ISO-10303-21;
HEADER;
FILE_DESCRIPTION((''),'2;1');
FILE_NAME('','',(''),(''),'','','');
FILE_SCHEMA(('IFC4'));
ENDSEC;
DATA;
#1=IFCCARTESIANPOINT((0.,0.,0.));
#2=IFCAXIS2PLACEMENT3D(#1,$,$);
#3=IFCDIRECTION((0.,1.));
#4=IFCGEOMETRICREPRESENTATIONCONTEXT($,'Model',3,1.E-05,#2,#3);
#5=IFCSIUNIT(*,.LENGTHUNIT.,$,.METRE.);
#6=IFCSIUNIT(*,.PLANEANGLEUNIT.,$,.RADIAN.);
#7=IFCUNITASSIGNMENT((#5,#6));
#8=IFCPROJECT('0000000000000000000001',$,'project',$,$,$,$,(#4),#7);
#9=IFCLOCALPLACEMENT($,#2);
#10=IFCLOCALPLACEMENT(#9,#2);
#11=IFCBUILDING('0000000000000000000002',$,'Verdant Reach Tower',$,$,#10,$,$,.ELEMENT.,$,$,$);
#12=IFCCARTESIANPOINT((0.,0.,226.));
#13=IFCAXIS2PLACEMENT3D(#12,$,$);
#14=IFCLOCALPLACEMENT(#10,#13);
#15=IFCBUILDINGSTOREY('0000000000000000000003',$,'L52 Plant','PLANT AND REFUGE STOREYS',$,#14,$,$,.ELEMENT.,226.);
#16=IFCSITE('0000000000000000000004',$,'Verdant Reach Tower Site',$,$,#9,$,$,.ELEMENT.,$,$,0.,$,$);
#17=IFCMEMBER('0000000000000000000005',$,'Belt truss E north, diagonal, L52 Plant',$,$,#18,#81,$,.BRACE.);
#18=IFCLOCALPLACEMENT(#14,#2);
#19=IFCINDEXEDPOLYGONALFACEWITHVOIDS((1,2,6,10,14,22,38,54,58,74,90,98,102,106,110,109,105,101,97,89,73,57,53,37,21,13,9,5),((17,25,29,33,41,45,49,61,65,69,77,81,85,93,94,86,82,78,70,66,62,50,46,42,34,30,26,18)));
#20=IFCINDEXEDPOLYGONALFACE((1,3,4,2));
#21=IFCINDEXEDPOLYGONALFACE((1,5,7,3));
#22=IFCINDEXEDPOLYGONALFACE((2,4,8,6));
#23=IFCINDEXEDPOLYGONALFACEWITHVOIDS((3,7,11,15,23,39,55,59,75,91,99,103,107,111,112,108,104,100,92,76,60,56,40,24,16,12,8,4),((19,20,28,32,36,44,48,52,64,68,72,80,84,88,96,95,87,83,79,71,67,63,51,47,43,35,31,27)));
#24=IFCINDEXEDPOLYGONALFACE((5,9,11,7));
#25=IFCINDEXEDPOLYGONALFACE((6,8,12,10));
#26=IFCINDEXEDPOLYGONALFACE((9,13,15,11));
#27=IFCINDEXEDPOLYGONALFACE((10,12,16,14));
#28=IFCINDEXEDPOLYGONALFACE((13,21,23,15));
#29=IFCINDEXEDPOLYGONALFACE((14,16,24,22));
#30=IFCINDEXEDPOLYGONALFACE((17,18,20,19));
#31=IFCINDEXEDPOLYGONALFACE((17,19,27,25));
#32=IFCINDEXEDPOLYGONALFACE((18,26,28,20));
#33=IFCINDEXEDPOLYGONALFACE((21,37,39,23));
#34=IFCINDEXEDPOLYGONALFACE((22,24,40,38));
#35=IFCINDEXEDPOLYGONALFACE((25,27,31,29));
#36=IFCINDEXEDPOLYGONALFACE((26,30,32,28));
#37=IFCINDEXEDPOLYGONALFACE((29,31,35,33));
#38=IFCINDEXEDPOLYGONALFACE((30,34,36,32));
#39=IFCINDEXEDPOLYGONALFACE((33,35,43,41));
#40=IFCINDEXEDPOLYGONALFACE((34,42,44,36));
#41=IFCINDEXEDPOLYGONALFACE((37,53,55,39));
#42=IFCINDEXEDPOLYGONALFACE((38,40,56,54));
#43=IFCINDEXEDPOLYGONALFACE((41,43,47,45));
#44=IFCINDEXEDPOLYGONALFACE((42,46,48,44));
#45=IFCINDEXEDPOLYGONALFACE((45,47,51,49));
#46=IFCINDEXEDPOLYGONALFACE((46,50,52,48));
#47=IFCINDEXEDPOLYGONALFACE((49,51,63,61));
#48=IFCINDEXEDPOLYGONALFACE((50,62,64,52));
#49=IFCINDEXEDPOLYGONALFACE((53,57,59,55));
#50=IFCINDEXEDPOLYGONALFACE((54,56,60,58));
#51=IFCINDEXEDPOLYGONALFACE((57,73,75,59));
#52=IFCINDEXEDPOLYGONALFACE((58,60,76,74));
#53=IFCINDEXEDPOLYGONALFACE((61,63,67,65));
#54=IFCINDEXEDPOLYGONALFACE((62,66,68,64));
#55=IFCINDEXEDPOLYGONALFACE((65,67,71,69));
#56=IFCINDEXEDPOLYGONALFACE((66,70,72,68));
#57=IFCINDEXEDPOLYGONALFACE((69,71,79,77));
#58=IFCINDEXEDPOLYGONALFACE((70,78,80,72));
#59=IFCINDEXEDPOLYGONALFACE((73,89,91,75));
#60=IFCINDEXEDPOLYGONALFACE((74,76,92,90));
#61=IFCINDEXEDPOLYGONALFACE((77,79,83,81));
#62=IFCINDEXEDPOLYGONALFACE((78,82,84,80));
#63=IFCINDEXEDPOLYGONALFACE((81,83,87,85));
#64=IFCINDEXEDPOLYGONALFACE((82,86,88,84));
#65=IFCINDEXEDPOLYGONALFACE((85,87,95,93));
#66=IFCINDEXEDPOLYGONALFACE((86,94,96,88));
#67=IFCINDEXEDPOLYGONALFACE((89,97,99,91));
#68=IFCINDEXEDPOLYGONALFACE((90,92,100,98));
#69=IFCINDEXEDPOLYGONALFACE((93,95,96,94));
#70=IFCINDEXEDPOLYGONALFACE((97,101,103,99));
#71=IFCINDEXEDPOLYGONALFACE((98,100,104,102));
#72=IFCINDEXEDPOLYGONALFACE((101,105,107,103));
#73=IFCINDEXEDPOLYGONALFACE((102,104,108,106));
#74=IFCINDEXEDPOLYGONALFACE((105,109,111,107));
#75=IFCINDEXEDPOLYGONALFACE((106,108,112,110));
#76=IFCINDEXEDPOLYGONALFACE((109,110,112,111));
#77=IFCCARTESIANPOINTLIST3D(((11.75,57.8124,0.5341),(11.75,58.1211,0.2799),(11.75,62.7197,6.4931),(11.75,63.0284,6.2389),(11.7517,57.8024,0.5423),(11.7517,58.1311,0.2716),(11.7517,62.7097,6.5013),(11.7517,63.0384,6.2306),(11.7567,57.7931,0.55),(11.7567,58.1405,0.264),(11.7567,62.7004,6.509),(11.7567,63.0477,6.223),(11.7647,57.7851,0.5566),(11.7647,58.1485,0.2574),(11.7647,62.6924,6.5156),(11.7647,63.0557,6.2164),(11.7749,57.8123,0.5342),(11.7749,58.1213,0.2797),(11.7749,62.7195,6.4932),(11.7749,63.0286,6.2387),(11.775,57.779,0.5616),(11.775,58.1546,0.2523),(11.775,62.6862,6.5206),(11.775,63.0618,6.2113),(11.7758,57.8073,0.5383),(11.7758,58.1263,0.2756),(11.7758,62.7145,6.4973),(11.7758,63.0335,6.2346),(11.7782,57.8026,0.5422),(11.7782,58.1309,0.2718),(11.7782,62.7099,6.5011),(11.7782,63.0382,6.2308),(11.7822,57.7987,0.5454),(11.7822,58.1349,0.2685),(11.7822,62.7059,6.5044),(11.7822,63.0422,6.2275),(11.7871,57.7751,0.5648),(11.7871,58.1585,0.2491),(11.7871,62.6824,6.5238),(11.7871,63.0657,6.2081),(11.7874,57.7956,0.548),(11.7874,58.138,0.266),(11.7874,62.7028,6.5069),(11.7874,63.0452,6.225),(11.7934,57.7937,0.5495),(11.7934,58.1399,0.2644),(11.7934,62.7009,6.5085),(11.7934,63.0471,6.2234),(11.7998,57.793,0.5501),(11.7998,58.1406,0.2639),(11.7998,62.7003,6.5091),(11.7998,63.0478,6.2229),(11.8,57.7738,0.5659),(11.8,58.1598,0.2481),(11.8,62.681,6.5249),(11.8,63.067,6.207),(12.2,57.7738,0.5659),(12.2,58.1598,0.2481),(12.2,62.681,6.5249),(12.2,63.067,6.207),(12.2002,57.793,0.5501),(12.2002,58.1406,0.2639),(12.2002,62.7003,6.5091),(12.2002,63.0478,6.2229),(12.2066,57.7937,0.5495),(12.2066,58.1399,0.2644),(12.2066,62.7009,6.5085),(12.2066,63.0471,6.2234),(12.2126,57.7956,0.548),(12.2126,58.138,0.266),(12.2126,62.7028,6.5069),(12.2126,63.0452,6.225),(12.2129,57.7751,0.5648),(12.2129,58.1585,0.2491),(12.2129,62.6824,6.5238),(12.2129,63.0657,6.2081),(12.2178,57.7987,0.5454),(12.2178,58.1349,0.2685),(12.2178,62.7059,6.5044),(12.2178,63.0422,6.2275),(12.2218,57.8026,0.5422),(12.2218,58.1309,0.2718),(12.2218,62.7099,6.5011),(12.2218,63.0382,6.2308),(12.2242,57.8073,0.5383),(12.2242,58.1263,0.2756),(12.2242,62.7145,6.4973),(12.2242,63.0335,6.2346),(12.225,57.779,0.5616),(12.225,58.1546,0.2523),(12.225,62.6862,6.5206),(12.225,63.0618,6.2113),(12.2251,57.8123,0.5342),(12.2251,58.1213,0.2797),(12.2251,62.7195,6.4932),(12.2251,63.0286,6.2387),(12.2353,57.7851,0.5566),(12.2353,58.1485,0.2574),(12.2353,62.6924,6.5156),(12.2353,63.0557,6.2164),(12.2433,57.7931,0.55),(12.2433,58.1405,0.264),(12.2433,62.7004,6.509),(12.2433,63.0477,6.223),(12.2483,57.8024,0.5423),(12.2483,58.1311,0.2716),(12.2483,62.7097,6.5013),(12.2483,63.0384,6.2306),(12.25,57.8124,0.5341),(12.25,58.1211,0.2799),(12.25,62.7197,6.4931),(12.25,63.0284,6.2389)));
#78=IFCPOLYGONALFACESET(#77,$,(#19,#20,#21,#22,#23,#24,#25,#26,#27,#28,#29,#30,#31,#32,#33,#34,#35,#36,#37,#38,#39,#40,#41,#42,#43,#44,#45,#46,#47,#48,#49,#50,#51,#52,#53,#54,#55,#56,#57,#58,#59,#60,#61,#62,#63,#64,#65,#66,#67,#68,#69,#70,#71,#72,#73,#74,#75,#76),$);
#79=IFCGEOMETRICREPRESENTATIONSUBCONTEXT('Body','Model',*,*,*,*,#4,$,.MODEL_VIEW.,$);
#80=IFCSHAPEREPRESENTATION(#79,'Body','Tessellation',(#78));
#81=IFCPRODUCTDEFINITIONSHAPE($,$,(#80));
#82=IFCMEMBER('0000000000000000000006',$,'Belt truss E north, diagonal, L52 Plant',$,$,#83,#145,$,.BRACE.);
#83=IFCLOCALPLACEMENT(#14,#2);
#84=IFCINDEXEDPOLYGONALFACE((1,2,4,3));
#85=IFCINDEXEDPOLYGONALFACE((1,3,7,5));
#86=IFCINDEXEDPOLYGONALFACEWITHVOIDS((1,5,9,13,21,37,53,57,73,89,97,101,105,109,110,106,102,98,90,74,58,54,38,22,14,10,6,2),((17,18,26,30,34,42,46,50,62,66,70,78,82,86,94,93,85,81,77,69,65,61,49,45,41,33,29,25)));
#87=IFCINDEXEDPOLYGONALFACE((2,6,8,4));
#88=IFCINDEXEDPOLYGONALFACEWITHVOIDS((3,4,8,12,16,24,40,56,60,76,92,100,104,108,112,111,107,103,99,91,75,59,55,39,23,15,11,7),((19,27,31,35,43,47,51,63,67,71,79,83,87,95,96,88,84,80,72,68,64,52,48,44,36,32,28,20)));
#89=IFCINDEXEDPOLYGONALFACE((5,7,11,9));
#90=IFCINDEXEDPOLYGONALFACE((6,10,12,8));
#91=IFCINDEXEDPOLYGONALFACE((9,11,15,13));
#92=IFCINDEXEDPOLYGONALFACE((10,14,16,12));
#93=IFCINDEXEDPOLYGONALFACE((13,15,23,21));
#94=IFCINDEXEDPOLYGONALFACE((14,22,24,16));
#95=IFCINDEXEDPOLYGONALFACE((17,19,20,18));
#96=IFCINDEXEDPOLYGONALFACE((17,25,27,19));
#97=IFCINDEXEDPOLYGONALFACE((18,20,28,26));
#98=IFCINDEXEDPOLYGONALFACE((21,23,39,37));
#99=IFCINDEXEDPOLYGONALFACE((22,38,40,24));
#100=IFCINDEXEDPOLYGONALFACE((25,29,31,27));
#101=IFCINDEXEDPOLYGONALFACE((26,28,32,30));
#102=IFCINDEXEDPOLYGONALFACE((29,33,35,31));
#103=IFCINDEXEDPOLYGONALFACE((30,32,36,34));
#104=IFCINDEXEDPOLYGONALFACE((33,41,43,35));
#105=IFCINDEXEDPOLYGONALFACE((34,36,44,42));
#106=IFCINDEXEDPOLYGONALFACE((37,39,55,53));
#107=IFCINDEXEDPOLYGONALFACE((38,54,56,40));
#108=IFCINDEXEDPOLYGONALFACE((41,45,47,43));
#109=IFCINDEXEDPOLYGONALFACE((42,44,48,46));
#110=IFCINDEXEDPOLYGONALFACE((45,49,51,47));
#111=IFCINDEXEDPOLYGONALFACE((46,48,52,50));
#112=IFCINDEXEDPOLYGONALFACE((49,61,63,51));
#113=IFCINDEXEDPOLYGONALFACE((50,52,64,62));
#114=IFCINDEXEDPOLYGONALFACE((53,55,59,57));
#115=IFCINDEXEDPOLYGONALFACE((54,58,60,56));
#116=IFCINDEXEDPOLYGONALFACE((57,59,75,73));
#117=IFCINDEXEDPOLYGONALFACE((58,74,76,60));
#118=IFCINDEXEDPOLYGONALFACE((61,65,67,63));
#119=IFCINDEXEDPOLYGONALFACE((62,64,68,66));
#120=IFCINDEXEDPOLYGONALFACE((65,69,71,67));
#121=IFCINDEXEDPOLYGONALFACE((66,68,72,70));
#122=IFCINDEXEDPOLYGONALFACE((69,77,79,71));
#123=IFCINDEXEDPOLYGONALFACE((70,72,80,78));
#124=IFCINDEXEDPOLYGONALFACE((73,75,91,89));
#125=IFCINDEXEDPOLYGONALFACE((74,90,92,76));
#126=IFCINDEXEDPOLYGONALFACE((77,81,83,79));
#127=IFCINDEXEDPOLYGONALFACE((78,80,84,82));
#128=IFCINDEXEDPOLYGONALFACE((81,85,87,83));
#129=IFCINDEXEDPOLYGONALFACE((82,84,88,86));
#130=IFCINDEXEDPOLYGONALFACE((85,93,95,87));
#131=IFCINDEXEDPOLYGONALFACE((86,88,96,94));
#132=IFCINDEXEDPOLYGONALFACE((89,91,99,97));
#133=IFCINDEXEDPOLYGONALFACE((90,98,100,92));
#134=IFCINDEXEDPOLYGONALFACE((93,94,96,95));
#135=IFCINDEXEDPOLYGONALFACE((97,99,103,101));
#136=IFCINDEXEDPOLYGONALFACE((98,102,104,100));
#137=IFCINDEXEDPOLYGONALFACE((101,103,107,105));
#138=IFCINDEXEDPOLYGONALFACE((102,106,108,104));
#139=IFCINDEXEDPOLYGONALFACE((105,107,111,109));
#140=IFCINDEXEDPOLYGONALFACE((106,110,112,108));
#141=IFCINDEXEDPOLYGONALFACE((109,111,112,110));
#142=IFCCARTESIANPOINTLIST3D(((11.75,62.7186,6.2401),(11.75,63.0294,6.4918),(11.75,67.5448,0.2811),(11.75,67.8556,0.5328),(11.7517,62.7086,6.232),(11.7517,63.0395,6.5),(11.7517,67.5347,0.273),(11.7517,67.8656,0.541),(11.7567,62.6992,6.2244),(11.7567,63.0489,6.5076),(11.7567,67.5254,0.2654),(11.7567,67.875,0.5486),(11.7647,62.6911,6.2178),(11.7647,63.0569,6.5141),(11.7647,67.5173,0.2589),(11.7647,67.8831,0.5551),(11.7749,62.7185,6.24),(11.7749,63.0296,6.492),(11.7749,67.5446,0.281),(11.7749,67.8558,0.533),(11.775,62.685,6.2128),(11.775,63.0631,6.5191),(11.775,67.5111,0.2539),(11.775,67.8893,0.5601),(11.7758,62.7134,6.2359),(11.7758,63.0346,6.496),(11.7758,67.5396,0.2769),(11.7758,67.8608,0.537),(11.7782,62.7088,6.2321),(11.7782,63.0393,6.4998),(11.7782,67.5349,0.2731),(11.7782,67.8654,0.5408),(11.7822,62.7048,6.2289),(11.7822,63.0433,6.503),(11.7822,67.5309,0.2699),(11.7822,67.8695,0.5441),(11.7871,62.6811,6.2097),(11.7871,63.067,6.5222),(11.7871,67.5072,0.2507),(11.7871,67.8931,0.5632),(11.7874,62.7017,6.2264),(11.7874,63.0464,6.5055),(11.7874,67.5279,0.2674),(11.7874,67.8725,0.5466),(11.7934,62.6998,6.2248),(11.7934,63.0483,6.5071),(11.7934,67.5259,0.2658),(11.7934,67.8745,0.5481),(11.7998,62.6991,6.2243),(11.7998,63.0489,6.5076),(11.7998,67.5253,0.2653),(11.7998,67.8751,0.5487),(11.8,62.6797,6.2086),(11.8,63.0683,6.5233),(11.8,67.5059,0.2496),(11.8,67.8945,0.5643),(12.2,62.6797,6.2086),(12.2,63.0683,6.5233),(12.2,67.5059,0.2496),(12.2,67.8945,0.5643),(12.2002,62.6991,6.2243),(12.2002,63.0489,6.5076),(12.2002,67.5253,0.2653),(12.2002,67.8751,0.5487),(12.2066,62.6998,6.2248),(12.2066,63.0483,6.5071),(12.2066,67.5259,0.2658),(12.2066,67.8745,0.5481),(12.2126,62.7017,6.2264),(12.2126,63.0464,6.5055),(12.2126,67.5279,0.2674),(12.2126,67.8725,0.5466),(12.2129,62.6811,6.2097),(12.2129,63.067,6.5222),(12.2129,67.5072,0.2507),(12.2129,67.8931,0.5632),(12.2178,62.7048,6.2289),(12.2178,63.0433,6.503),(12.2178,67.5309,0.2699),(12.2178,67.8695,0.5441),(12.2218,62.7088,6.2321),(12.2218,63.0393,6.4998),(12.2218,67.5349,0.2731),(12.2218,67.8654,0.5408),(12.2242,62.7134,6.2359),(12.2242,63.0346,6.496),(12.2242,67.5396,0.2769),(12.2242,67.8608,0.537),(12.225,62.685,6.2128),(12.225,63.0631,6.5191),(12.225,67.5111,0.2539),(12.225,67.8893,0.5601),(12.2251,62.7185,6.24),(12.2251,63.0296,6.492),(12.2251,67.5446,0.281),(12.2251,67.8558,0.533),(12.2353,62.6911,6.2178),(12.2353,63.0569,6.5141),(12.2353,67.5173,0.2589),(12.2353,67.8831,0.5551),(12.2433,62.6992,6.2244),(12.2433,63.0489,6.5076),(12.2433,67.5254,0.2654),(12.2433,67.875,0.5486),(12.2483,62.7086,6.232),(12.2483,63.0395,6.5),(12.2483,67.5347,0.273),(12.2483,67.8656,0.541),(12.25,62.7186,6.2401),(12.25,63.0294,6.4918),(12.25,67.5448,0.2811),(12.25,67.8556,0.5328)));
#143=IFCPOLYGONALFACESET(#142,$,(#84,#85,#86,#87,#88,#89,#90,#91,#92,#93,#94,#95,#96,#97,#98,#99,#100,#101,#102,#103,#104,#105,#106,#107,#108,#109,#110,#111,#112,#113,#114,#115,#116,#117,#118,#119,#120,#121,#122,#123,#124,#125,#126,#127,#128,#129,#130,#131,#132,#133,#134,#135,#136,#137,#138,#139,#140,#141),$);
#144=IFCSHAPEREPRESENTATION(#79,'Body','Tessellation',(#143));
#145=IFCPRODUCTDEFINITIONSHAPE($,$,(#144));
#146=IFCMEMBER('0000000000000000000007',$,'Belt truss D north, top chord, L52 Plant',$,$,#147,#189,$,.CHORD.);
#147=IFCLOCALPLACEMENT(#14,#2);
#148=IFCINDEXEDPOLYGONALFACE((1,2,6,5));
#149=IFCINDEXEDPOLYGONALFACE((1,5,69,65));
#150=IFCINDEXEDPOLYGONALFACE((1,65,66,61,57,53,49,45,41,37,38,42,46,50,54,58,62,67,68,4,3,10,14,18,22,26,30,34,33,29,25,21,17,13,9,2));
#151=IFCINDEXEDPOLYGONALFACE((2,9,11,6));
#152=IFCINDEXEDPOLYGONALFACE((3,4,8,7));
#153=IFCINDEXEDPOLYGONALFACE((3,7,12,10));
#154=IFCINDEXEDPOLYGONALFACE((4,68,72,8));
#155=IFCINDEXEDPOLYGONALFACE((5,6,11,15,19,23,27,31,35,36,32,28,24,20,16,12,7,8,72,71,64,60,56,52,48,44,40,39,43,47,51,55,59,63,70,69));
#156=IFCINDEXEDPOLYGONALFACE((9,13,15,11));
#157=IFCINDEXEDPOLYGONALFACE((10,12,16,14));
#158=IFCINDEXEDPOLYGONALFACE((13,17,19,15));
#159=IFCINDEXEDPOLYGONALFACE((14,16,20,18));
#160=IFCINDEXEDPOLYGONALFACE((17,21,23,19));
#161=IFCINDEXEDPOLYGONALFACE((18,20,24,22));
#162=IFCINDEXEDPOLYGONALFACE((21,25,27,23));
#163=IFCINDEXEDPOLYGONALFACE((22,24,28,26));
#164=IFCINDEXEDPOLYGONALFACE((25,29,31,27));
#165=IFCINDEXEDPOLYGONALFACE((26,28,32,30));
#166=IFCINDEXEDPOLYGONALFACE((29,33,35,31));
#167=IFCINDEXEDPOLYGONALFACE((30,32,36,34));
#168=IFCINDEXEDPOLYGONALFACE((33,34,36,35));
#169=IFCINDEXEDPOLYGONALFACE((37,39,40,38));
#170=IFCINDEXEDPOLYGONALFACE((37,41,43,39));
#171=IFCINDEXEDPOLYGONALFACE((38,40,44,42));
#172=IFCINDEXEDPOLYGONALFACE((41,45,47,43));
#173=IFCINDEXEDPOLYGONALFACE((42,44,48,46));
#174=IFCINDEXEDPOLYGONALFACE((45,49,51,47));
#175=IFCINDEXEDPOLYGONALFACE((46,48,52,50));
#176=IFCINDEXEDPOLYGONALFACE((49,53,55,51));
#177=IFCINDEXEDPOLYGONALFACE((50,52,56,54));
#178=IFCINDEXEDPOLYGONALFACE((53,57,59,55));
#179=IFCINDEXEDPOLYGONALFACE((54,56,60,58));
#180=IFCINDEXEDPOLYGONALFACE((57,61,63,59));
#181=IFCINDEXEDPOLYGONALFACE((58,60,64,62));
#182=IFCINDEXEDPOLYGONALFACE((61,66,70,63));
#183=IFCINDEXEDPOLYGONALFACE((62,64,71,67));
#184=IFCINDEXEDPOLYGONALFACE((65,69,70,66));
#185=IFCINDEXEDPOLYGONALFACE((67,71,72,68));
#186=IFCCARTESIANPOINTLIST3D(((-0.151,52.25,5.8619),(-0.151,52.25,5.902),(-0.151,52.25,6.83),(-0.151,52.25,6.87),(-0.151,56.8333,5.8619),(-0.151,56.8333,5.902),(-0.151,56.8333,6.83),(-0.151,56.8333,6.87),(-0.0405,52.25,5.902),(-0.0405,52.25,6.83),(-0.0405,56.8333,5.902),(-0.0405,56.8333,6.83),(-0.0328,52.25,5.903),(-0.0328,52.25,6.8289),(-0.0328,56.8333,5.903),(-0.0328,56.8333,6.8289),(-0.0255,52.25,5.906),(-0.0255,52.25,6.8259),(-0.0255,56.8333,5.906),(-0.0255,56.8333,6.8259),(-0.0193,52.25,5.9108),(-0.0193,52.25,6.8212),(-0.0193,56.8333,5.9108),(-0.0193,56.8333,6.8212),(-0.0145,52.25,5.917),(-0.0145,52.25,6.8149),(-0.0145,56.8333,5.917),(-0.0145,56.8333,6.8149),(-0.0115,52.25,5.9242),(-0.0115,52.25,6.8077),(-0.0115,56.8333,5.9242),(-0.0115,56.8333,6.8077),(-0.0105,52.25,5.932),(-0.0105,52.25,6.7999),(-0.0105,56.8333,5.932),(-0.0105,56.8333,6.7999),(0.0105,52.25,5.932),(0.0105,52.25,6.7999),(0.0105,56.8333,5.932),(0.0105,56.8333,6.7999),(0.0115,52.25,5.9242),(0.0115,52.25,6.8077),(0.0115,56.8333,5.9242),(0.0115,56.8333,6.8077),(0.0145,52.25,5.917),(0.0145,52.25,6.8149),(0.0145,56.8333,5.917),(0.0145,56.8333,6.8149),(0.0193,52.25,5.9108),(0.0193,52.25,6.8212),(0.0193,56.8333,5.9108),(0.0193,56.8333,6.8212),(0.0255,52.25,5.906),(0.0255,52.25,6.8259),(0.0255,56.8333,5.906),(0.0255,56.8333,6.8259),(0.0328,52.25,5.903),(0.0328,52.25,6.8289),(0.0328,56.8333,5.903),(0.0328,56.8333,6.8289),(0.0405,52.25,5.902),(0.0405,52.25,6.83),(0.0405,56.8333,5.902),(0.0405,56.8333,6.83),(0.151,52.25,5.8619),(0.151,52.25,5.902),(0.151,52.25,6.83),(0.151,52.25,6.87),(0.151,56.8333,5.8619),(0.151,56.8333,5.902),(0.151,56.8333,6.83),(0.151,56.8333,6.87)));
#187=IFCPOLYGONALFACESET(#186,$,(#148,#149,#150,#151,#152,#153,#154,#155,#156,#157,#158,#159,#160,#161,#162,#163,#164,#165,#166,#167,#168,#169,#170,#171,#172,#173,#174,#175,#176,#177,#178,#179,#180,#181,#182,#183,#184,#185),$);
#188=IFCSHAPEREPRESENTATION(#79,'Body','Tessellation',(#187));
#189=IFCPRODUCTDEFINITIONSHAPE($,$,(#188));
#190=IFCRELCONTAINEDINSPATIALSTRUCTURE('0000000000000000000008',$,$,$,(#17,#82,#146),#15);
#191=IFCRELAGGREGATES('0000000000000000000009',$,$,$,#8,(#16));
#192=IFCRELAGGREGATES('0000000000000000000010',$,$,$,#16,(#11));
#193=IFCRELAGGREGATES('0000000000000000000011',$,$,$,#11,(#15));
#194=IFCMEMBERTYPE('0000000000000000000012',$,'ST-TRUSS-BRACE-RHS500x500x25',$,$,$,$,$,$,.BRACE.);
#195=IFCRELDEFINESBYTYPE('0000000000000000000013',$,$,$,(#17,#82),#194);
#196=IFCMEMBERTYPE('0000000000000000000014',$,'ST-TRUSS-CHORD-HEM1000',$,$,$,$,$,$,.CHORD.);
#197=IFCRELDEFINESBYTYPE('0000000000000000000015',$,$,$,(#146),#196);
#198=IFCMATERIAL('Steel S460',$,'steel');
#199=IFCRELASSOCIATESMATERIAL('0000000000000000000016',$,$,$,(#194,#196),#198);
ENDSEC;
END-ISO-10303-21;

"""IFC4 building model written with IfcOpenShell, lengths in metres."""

from ifc_helpers import new_model, si_unit, direction, frame, origin, origin_2d, place, context, subcontext, project, spatial, hollow_rectangle, i_section, extrude, material, material_profile, profile_set, type_object, element, save


model = new_model("IFC4")

# Units and contexts
model_context = context("Model", 3, precision=1e-05, world=origin(), true_north=direction((0.0, 1.0)))
body_context = subcontext(model_context, "Body", "Model", "MODEL_VIEW")
ifc_project = project(units=[si_unit("LENGTHUNIT", "METRE"), si_unit("PLANEANGLEUNIT", "RADIAN")], contexts=[model_context])

# Site, building, storey
site_placement = place(None, origin())
site = spatial("IfcSite", under=ifc_project, at=site_placement, Name="Verdant Reach Tower Site", CompositionType="ELEMENT", RefElevation=0.0)
building_placement = place(site_placement, origin())
building = spatial("IfcBuilding", under=site, at=building_placement, Name="Verdant Reach Tower", CompositionType="ELEMENT")
storey_placement = place(building_placement, frame((0.0, 0.0, 226.0)))
storey = spatial("IfcBuildingStorey", under=building, at=storey_placement, Name="L52 Plant", Description="PLANT AND REFUGE STOREYS", CompositionType="ELEMENT", Elevation=226.0)

# Shared definitions
ifc_material_1 = material(Name="Steel S460", Category="steel")

# Members
ifc_material_profile_1 = material_profile(ifc_material_1, hollow_rectangle(XDim=0.5, YDim=0.5, WallThickness=0.0249, InnerFilletRadius=0.0249, OuterFilletRadius=0.05, at=origin_2d()), Name="RHS 500x500x25")
ifc_profile_set_1 = profile_set([ifc_material_profile_1], Name="Steel S460")
member_type_1 = type_object("IfcMemberType", Name="ST-TRUSS-BRACE-RHS500x500x25", PredefinedType="BRACE", material=ifc_profile_set_1)
member_1_placement = place(storey_placement, frame((12.0, 57.9668, 0.407), z_axis=(0.0, 0.635694, 0.771941), x_axis=(-1.0, 0.0, 0.0)))
element("IfcMember", 1, at=member_1_placement, inside=storey, type_object=member_type_1, Name="Belt truss E north, diagonal, L52 Plant", PredefinedType="BRACE", context=body_context, shape_type="SweptSolid", body=[
    extrude(hollow_rectangle(XDim=0.5, YDim=0.5, WallThickness=0.0249, InnerFilletRadius=0.0249, OuterFilletRadius=0.05, at=origin_2d()), origin(), (0.0, 0.0, 1.0), 7.7195),
])
member_2_placement = place(storey_placement, frame((12.0, 62.874, 6.366), z_axis=(0.0, 0.629374, -0.777102), x_axis=(-1.0, 0.0, 0.0)))
element("IfcMember", 2, at=member_2_placement, inside=storey, type_object=member_type_1, Name="Belt truss E north, diagonal, L52 Plant", PredefinedType="BRACE", context=body_context, shape_type="SweptSolid", body=[
    extrude(hollow_rectangle(XDim=0.5, YDim=0.5, WallThickness=0.0249, InnerFilletRadius=0.0249, OuterFilletRadius=0.05, at=origin_2d()), origin(), (0.0, 0.0, 1.0), 7.6682),
])
ifc_material_profile_2 = material_profile(ifc_material_1, i_section(OverallWidth=0.302, OverallDepth=1.0081, WebThickness=0.021, FlangeThickness=0.04, FilletRadius=0.03, at=origin_2d()), Name="HEM 1000")
ifc_profile_set_2 = profile_set([ifc_material_profile_2], Name="Steel S460")
member_type_2 = type_object("IfcMemberType", Name="ST-TRUSS-CHORD-HEM1000", PredefinedType="CHORD", material=ifc_profile_set_2)
member_3_placement = place(storey_placement, frame((0.0, 52.25, 6.366), z_axis=(0.0, 1.0, 0.0), x_axis=(-1.0, 0.0, 0.0)))
element("IfcMember", 3, at=member_3_placement, inside=storey, type_object=member_type_2, Name="Belt truss D north, top chord, L52 Plant", PredefinedType="CHORD", context=body_context, shape_type="SweptSolid", body=[
    extrude(i_section(OverallWidth=0.302, OverallDepth=1.0081, WebThickness=0.021, FlangeThickness=0.04, FilletRadius=0.03, at=origin_2d()), origin(), (0.0, 0.0, 1.0), 4.5833),
])

save(model, "model.ifc")
